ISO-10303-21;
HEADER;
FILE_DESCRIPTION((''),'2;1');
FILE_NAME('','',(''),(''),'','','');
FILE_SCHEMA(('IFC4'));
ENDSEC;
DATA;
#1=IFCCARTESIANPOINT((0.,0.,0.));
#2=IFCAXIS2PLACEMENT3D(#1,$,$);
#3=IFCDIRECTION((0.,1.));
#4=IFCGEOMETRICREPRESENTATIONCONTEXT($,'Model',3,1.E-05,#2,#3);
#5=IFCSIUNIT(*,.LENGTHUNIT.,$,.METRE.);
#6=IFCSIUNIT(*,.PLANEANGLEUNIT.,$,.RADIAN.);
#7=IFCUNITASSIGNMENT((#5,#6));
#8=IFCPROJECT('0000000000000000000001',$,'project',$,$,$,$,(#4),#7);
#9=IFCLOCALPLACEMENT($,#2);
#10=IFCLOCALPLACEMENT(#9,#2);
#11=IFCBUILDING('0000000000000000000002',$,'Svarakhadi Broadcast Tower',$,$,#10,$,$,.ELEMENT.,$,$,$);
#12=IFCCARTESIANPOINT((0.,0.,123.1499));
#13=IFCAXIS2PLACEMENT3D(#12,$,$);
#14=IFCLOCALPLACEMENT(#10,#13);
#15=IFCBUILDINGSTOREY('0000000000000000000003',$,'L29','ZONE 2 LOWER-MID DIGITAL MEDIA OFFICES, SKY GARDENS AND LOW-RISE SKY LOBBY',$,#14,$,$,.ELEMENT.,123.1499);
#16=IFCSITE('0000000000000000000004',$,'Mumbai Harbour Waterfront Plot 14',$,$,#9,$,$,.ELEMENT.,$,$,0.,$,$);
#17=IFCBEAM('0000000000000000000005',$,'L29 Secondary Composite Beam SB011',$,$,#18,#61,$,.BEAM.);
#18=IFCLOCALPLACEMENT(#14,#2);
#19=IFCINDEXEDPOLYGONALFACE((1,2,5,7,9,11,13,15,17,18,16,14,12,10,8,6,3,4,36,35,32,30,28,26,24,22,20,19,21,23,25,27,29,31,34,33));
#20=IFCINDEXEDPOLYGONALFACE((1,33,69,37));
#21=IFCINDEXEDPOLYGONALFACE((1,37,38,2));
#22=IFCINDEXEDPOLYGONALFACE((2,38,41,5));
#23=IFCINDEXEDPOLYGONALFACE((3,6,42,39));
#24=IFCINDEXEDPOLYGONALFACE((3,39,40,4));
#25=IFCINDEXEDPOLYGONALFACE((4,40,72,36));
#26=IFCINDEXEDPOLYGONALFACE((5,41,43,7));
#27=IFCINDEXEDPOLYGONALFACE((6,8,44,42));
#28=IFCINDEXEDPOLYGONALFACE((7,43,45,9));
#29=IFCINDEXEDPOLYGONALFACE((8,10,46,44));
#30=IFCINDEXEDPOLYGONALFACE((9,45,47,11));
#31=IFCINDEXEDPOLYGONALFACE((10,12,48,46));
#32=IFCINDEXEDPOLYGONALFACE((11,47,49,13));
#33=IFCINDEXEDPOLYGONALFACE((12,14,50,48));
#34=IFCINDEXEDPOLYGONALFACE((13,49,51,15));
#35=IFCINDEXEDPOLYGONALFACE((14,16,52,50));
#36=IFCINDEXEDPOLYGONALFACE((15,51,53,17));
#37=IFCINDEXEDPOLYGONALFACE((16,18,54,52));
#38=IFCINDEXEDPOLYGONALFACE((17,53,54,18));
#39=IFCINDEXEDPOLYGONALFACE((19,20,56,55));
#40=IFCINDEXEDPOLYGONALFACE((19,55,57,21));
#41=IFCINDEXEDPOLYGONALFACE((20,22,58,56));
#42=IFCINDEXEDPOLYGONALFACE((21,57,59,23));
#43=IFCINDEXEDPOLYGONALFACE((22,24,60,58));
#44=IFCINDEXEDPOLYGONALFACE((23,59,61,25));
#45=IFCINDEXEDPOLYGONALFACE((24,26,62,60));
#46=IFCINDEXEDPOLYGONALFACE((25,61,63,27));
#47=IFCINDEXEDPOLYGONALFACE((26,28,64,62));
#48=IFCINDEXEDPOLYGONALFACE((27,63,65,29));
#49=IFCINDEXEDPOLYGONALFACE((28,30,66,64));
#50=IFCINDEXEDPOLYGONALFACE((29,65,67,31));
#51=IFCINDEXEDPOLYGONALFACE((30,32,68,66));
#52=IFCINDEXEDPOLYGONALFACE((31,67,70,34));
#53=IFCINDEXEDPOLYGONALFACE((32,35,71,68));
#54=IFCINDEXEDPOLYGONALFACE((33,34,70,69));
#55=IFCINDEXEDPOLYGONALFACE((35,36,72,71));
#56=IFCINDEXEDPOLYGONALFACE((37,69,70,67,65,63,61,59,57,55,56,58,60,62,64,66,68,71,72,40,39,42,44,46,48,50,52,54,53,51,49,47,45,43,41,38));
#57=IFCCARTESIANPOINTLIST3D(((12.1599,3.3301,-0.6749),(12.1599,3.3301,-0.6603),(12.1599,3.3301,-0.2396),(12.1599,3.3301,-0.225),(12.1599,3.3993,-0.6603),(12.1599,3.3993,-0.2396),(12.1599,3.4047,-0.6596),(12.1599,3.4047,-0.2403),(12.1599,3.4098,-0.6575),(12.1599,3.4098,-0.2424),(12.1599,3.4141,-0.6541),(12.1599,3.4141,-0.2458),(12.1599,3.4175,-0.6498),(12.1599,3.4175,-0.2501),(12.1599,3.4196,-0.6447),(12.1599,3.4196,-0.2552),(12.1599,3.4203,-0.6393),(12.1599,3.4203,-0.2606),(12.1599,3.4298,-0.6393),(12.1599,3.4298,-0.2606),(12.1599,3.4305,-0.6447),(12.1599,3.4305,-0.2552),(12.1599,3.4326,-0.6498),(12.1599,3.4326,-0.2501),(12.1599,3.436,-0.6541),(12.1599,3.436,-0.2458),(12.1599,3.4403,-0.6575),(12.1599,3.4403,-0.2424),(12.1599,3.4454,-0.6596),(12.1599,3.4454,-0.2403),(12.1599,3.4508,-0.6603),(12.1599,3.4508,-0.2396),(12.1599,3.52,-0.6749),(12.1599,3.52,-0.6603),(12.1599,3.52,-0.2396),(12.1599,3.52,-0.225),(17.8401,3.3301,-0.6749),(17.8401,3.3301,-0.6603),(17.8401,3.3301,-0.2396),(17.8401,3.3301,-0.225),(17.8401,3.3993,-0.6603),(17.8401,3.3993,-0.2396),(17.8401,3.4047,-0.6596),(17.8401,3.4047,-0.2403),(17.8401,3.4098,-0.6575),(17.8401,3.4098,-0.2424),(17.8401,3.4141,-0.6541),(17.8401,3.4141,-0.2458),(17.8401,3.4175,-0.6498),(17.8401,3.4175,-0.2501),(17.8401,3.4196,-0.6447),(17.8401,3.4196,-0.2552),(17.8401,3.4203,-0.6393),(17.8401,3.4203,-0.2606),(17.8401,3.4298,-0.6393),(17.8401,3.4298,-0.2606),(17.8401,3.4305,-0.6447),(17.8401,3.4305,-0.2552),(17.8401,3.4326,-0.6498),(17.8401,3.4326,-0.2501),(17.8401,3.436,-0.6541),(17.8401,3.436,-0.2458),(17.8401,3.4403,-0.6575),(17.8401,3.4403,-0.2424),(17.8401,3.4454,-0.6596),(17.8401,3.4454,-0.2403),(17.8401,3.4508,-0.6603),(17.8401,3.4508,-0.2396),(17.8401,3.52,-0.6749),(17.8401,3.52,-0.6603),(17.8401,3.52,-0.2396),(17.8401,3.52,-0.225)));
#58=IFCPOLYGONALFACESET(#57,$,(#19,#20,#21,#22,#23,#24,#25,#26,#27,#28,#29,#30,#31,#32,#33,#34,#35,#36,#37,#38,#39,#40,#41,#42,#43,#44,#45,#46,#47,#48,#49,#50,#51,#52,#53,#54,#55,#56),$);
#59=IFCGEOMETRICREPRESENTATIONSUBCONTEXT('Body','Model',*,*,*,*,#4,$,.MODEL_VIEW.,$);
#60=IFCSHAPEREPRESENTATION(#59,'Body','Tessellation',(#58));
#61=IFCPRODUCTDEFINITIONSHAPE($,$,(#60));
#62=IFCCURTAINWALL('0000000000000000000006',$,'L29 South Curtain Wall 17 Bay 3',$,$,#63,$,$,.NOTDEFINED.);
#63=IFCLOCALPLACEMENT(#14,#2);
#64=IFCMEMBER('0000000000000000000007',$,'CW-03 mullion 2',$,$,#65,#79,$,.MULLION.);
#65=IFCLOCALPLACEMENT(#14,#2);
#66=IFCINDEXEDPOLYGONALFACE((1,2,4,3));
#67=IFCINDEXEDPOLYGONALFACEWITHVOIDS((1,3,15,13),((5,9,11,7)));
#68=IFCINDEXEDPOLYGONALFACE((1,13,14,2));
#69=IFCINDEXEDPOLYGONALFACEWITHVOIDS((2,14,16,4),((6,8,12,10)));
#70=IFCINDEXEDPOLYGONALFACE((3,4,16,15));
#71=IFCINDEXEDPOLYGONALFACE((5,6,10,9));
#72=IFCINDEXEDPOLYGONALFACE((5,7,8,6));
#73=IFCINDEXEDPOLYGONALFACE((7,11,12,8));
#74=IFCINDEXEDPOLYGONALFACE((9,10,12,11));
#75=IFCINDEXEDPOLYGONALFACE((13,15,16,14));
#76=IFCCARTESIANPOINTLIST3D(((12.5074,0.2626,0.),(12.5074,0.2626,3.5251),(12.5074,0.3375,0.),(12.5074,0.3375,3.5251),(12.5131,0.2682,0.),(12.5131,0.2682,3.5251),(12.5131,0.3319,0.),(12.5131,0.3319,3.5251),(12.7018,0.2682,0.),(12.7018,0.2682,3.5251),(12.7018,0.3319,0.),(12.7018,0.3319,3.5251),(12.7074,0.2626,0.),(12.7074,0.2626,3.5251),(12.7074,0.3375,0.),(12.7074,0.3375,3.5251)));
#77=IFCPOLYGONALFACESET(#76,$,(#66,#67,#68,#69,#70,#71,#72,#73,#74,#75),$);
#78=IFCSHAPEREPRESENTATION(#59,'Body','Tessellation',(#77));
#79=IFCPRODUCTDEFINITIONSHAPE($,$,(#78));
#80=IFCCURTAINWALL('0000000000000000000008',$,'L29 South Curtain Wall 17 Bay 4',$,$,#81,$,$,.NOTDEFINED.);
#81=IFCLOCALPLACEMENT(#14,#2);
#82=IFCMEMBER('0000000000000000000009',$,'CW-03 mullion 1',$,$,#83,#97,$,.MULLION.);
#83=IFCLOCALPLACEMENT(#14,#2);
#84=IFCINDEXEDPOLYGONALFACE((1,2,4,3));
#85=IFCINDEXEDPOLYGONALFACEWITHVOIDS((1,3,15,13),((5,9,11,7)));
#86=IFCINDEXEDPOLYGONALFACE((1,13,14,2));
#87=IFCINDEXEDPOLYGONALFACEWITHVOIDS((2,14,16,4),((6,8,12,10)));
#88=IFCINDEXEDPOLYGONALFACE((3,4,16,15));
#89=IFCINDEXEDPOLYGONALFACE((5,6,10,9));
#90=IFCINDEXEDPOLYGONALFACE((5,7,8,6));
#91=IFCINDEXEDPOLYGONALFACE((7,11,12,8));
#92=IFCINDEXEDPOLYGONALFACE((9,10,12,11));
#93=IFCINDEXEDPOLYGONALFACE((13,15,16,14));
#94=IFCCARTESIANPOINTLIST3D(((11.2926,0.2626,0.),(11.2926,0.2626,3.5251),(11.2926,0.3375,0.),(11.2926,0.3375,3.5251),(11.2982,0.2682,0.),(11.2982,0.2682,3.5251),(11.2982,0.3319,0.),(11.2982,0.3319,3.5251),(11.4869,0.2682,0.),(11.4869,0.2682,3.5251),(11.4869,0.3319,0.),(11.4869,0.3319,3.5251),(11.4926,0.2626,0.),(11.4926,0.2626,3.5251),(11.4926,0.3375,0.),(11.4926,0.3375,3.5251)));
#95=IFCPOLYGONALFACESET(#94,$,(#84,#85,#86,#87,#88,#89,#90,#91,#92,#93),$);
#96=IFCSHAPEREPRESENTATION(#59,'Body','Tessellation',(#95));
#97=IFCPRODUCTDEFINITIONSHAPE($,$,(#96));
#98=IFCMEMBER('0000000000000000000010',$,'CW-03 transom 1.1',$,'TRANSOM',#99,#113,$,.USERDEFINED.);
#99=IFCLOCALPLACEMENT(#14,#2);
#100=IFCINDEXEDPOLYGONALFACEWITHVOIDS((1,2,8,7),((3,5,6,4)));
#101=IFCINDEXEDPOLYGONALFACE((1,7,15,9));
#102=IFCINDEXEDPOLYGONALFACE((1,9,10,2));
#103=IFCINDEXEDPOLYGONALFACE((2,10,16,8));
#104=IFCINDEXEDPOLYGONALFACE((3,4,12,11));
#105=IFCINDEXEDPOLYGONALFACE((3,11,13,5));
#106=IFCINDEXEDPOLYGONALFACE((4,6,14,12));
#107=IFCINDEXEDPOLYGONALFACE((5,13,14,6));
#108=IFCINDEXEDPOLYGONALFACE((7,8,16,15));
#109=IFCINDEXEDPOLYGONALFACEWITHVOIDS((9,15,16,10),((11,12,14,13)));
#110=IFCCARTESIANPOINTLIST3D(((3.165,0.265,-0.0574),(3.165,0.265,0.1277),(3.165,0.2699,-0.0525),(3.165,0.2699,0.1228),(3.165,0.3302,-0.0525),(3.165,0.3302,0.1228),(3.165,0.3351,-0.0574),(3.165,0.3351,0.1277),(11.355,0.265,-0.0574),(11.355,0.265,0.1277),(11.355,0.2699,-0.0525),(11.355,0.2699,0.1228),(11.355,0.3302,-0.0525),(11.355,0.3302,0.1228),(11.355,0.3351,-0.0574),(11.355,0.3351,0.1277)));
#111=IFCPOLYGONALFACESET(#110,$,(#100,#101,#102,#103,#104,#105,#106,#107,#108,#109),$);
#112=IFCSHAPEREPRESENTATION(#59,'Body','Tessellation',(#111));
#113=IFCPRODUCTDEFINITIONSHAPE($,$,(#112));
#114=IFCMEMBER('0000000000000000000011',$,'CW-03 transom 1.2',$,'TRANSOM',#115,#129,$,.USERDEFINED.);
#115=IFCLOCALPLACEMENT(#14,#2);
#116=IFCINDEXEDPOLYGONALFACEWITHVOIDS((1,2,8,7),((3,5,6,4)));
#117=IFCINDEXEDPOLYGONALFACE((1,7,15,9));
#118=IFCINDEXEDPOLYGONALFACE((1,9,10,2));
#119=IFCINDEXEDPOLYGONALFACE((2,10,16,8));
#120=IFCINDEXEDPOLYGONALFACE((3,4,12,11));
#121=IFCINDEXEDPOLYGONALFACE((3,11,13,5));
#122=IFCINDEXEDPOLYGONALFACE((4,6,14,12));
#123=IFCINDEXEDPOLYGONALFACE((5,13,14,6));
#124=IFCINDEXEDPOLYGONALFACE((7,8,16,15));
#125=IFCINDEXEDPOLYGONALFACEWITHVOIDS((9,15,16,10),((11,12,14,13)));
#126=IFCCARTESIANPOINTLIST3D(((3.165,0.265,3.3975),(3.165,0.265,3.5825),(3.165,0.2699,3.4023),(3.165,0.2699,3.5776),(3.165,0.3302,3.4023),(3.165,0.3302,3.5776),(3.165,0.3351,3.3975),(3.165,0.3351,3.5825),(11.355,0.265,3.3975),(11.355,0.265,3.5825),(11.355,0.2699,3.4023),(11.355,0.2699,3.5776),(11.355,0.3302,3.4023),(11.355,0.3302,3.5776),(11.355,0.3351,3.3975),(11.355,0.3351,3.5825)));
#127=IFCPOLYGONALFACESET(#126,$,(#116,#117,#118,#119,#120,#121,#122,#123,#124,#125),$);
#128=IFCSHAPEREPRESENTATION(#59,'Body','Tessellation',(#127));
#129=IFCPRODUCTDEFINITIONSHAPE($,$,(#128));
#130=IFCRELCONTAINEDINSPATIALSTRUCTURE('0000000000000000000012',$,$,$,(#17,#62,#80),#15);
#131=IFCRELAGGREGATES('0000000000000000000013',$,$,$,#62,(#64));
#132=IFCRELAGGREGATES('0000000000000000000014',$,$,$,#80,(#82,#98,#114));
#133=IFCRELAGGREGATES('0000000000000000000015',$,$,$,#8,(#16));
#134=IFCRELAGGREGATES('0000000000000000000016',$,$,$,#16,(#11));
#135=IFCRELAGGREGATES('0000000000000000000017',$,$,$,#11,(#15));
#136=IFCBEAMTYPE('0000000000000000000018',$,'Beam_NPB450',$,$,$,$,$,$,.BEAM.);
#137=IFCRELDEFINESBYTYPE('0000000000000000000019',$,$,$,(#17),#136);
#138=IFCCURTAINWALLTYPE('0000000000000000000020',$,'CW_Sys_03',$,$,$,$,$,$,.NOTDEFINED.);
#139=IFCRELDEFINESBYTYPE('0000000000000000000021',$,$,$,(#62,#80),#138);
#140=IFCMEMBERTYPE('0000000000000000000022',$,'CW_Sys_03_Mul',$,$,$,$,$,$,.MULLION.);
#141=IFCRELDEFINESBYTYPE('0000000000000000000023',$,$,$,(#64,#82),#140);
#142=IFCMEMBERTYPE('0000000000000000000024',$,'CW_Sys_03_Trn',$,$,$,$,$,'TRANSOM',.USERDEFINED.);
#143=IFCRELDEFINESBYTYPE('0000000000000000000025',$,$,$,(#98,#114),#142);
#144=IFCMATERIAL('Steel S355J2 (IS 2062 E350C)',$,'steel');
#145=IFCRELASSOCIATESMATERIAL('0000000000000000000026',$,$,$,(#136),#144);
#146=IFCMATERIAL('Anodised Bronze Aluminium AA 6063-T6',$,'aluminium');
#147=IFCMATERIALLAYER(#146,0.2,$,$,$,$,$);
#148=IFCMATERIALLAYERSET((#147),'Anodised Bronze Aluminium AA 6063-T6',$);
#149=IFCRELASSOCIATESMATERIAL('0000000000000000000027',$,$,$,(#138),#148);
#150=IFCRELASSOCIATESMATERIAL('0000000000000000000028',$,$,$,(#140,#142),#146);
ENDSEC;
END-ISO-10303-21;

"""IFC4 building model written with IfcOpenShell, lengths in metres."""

from ifc_helpers import new_model, si_unit, direction, frame, origin, origin_2d, place, context, subcontext, project, spatial, hollow_rectangle, i_section, extrude, material, layer, layer_set, material_profile, profile_set, type_object, element, aggregate, save


model = new_model("IFC4")

# Units and contexts
model_context = context("Model", 3, precision=1e-05, world=origin(), true_north=direction((0.0, 1.0)))
body_context = subcontext(model_context, "Body", "Model", "MODEL_VIEW")
ifc_project = project(units=[si_unit("LENGTHUNIT", "METRE"), si_unit("PLANEANGLEUNIT", "RADIAN")], contexts=[model_context])

# Site, building, storey
site_placement = place(None, origin())
site = spatial("IfcSite", under=ifc_project, at=site_placement, Name="Mumbai Harbour Waterfront Plot 14", CompositionType="ELEMENT", RefElevation=0.0)
building_placement = place(site_placement, origin())
building = spatial("IfcBuilding", under=site, at=building_placement, Name="Svarakhadi Broadcast Tower", CompositionType="ELEMENT")
storey_placement = place(building_placement, frame((0.0, 0.0, 123.1499)))
storey = spatial("IfcBuildingStorey", under=building, at=storey_placement, Name="L29", Description="ZONE 2 LOWER-MID DIGITAL MEDIA OFFICES, SKY GARDENS AND LOW-RISE SKY LOBBY", CompositionType="ELEMENT", Elevation=123.1499)

# Beam
ifc_material_1 = material(Name="Steel S355J2 (IS 2062 E350C)", Category="steel")
ifc_material_profile_1 = material_profile(ifc_material_1, i_section(OverallWidth=0.1899, OverallDepth=0.45, WebThickness=0.0095, FlangeThickness=0.0146, FilletRadius=0.021, at=origin_2d()), Name="NPB 450x190x78")
ifc_profile_set_1 = profile_set([ifc_material_profile_1], Name="Steel S355J2 (IS 2062 E350C)")
beam_type_1 = type_object("IfcBeamType", Name="Beam_NPB450", PredefinedType="BEAM", material=ifc_profile_set_1)
for number, where, z_axis, x_axis, name in (
    (1, (12.1599, 3.425, -0.45), (1.0, 0.0, 0.0), (0.0, 1.0, 0.0), "L29 Secondary Composite Beam SB011"),
):
    element("IfcBeam", number, at=place(storey_placement, frame(where, z_axis=z_axis, x_axis=x_axis)), inside=storey, type_object=beam_type_1, Name=name, PredefinedType="BEAM", context=body_context, shape_type="SweptSolid", body=[
        extrude(i_section(OverallWidth=0.1899, OverallDepth=0.45, WebThickness=0.0095, FlangeThickness=0.0146, FilletRadius=0.021, at=origin_2d()), origin(), (0.0, 0.0, 1.0), 5.6802),
    ])

# Curtain wall, member
ifc_material_2 = material(Name="Anodised Bronze Aluminium AA 6063-T6", Category="aluminium")
ifc_layer_1 = layer(ifc_material_2, 0.2)
ifc_layer_set_1 = layer_set([ifc_layer_1], Name="Anodised Bronze Aluminium AA 6063-T6")
curtain_wall_type = type_object("IfcCurtainWallType", Name="CW_Sys_03", PredefinedType="NOTDEFINED", material=ifc_layer_set_1)
curtain_wall_1_placement = place(storey_placement, origin())
curtain_wall_1 = element("IfcCurtainWall", 2, at=curtain_wall_1_placement, inside=storey, type_object=curtain_wall_type, Name="L29 South Curtain Wall 17 Bay 3", PredefinedType="NOTDEFINED")
ifc_material_profile_2 = material_profile(ifc_material_2, hollow_rectangle(XDim=0.075, YDim=0.2, WallThickness=0.0056, at=origin_2d()), Name="ALU MULLION 200x75x6")
ifc_profile_set_2 = profile_set([ifc_material_profile_2], Name="Anodised Bronze Aluminium AA 6063-T6")
member_type_1 = type_object("IfcMemberType", Name="CW_Sys_03_Mul", PredefinedType="MULLION", material=ifc_profile_set_2)
member_1_placement = place(storey_placement, frame((12.6074, 0.3, 0.0), z_axis=(0.0, 0.0, 1.0), x_axis=(0.0, -1.0, 0.0)))
member_1 = element("IfcMember", 3, at=member_1_placement, type_object=member_type_1, Name="CW-03 mullion 2", PredefinedType="MULLION", context=body_context, shape_type="SweptSolid", body=[
    extrude(hollow_rectangle(XDim=0.075, YDim=0.2, WallThickness=0.0056, at=origin_2d()), origin(), (0.0, 0.0, 1.0), 3.5251),
])
aggregate(curtain_wall_1, [member_1])

# Curtain wall, members
curtain_wall_2_placement = place(storey_placement, origin())
curtain_wall_2 = element("IfcCurtainWall", 4, at=curtain_wall_2_placement, inside=storey, type_object=curtain_wall_type, Name="L29 South Curtain Wall 17 Bay 4", PredefinedType="NOTDEFINED")
member_2_placement = place(storey_placement, frame((11.3926, 0.3, 0.0), z_axis=(0.0, 0.0, 1.0), x_axis=(0.0, -1.0, 0.0)))
member_2 = element("IfcMember", 5, at=member_2_placement, type_object=member_type_1, Name="CW-03 mullion 1", PredefinedType="MULLION", context=body_context, shape_type="SweptSolid", body=[
    extrude(hollow_rectangle(XDim=0.075, YDim=0.2, WallThickness=0.0056, at=origin_2d()), origin(), (0.0, 0.0, 1.0), 3.5251),
])
ifc_material_profile_3 = material_profile(ifc_material_2, hollow_rectangle(XDim=0.0701, YDim=0.1851, WallThickness=0.0049, at=origin_2d()), Name="ALU TRANSOM 185x70x5")
ifc_profile_set_3 = profile_set([ifc_material_profile_3], Name="Anodised Bronze Aluminium AA 6063-T6")
member_type_2 = type_object("IfcMemberType", Name="CW_Sys_03_Trn", ElementType="TRANSOM", PredefinedType="USERDEFINED", material=ifc_profile_set_3)
member_3_placement = place(storey_placement, frame((11.355, 0.3, 0.0352), z_axis=(-1.0, 0.0, 0.0), x_axis=(0.0, -1.0, 0.0)))
member_3 = element("IfcMember", 6, at=member_3_placement, type_object=member_type_2, Name="CW-03 transom 1.1", ObjectType="TRANSOM", PredefinedType="USERDEFINED", context=body_context, shape_type="SweptSolid", body=[
    extrude(hollow_rectangle(XDim=0.0701, YDim=0.1851, WallThickness=0.0049, at=origin_2d()), origin(), (0.0, 0.0, 1.0), 8.1899),
])
member_4_placement = place(storey_placement, frame((11.355, 0.3, 3.49), z_axis=(-1.0, 0.0, 0.0), x_axis=(0.0, -1.0, 0.0)))
member_4 = element("IfcMember", 7, at=member_4_placement, type_object=member_type_2, Name="CW-03 transom 1.2", ObjectType="TRANSOM", PredefinedType="USERDEFINED", context=body_context, shape_type="SweptSolid", body=[
    extrude(hollow_rectangle(XDim=0.0701, YDim=0.1851, WallThickness=0.0049, at=origin_2d()), origin(), (0.0, 0.0, 1.0), 8.1899),
])

aggregate(curtain_wall_2, [member_2, member_3, member_4])

save(model, "model.ifc")
